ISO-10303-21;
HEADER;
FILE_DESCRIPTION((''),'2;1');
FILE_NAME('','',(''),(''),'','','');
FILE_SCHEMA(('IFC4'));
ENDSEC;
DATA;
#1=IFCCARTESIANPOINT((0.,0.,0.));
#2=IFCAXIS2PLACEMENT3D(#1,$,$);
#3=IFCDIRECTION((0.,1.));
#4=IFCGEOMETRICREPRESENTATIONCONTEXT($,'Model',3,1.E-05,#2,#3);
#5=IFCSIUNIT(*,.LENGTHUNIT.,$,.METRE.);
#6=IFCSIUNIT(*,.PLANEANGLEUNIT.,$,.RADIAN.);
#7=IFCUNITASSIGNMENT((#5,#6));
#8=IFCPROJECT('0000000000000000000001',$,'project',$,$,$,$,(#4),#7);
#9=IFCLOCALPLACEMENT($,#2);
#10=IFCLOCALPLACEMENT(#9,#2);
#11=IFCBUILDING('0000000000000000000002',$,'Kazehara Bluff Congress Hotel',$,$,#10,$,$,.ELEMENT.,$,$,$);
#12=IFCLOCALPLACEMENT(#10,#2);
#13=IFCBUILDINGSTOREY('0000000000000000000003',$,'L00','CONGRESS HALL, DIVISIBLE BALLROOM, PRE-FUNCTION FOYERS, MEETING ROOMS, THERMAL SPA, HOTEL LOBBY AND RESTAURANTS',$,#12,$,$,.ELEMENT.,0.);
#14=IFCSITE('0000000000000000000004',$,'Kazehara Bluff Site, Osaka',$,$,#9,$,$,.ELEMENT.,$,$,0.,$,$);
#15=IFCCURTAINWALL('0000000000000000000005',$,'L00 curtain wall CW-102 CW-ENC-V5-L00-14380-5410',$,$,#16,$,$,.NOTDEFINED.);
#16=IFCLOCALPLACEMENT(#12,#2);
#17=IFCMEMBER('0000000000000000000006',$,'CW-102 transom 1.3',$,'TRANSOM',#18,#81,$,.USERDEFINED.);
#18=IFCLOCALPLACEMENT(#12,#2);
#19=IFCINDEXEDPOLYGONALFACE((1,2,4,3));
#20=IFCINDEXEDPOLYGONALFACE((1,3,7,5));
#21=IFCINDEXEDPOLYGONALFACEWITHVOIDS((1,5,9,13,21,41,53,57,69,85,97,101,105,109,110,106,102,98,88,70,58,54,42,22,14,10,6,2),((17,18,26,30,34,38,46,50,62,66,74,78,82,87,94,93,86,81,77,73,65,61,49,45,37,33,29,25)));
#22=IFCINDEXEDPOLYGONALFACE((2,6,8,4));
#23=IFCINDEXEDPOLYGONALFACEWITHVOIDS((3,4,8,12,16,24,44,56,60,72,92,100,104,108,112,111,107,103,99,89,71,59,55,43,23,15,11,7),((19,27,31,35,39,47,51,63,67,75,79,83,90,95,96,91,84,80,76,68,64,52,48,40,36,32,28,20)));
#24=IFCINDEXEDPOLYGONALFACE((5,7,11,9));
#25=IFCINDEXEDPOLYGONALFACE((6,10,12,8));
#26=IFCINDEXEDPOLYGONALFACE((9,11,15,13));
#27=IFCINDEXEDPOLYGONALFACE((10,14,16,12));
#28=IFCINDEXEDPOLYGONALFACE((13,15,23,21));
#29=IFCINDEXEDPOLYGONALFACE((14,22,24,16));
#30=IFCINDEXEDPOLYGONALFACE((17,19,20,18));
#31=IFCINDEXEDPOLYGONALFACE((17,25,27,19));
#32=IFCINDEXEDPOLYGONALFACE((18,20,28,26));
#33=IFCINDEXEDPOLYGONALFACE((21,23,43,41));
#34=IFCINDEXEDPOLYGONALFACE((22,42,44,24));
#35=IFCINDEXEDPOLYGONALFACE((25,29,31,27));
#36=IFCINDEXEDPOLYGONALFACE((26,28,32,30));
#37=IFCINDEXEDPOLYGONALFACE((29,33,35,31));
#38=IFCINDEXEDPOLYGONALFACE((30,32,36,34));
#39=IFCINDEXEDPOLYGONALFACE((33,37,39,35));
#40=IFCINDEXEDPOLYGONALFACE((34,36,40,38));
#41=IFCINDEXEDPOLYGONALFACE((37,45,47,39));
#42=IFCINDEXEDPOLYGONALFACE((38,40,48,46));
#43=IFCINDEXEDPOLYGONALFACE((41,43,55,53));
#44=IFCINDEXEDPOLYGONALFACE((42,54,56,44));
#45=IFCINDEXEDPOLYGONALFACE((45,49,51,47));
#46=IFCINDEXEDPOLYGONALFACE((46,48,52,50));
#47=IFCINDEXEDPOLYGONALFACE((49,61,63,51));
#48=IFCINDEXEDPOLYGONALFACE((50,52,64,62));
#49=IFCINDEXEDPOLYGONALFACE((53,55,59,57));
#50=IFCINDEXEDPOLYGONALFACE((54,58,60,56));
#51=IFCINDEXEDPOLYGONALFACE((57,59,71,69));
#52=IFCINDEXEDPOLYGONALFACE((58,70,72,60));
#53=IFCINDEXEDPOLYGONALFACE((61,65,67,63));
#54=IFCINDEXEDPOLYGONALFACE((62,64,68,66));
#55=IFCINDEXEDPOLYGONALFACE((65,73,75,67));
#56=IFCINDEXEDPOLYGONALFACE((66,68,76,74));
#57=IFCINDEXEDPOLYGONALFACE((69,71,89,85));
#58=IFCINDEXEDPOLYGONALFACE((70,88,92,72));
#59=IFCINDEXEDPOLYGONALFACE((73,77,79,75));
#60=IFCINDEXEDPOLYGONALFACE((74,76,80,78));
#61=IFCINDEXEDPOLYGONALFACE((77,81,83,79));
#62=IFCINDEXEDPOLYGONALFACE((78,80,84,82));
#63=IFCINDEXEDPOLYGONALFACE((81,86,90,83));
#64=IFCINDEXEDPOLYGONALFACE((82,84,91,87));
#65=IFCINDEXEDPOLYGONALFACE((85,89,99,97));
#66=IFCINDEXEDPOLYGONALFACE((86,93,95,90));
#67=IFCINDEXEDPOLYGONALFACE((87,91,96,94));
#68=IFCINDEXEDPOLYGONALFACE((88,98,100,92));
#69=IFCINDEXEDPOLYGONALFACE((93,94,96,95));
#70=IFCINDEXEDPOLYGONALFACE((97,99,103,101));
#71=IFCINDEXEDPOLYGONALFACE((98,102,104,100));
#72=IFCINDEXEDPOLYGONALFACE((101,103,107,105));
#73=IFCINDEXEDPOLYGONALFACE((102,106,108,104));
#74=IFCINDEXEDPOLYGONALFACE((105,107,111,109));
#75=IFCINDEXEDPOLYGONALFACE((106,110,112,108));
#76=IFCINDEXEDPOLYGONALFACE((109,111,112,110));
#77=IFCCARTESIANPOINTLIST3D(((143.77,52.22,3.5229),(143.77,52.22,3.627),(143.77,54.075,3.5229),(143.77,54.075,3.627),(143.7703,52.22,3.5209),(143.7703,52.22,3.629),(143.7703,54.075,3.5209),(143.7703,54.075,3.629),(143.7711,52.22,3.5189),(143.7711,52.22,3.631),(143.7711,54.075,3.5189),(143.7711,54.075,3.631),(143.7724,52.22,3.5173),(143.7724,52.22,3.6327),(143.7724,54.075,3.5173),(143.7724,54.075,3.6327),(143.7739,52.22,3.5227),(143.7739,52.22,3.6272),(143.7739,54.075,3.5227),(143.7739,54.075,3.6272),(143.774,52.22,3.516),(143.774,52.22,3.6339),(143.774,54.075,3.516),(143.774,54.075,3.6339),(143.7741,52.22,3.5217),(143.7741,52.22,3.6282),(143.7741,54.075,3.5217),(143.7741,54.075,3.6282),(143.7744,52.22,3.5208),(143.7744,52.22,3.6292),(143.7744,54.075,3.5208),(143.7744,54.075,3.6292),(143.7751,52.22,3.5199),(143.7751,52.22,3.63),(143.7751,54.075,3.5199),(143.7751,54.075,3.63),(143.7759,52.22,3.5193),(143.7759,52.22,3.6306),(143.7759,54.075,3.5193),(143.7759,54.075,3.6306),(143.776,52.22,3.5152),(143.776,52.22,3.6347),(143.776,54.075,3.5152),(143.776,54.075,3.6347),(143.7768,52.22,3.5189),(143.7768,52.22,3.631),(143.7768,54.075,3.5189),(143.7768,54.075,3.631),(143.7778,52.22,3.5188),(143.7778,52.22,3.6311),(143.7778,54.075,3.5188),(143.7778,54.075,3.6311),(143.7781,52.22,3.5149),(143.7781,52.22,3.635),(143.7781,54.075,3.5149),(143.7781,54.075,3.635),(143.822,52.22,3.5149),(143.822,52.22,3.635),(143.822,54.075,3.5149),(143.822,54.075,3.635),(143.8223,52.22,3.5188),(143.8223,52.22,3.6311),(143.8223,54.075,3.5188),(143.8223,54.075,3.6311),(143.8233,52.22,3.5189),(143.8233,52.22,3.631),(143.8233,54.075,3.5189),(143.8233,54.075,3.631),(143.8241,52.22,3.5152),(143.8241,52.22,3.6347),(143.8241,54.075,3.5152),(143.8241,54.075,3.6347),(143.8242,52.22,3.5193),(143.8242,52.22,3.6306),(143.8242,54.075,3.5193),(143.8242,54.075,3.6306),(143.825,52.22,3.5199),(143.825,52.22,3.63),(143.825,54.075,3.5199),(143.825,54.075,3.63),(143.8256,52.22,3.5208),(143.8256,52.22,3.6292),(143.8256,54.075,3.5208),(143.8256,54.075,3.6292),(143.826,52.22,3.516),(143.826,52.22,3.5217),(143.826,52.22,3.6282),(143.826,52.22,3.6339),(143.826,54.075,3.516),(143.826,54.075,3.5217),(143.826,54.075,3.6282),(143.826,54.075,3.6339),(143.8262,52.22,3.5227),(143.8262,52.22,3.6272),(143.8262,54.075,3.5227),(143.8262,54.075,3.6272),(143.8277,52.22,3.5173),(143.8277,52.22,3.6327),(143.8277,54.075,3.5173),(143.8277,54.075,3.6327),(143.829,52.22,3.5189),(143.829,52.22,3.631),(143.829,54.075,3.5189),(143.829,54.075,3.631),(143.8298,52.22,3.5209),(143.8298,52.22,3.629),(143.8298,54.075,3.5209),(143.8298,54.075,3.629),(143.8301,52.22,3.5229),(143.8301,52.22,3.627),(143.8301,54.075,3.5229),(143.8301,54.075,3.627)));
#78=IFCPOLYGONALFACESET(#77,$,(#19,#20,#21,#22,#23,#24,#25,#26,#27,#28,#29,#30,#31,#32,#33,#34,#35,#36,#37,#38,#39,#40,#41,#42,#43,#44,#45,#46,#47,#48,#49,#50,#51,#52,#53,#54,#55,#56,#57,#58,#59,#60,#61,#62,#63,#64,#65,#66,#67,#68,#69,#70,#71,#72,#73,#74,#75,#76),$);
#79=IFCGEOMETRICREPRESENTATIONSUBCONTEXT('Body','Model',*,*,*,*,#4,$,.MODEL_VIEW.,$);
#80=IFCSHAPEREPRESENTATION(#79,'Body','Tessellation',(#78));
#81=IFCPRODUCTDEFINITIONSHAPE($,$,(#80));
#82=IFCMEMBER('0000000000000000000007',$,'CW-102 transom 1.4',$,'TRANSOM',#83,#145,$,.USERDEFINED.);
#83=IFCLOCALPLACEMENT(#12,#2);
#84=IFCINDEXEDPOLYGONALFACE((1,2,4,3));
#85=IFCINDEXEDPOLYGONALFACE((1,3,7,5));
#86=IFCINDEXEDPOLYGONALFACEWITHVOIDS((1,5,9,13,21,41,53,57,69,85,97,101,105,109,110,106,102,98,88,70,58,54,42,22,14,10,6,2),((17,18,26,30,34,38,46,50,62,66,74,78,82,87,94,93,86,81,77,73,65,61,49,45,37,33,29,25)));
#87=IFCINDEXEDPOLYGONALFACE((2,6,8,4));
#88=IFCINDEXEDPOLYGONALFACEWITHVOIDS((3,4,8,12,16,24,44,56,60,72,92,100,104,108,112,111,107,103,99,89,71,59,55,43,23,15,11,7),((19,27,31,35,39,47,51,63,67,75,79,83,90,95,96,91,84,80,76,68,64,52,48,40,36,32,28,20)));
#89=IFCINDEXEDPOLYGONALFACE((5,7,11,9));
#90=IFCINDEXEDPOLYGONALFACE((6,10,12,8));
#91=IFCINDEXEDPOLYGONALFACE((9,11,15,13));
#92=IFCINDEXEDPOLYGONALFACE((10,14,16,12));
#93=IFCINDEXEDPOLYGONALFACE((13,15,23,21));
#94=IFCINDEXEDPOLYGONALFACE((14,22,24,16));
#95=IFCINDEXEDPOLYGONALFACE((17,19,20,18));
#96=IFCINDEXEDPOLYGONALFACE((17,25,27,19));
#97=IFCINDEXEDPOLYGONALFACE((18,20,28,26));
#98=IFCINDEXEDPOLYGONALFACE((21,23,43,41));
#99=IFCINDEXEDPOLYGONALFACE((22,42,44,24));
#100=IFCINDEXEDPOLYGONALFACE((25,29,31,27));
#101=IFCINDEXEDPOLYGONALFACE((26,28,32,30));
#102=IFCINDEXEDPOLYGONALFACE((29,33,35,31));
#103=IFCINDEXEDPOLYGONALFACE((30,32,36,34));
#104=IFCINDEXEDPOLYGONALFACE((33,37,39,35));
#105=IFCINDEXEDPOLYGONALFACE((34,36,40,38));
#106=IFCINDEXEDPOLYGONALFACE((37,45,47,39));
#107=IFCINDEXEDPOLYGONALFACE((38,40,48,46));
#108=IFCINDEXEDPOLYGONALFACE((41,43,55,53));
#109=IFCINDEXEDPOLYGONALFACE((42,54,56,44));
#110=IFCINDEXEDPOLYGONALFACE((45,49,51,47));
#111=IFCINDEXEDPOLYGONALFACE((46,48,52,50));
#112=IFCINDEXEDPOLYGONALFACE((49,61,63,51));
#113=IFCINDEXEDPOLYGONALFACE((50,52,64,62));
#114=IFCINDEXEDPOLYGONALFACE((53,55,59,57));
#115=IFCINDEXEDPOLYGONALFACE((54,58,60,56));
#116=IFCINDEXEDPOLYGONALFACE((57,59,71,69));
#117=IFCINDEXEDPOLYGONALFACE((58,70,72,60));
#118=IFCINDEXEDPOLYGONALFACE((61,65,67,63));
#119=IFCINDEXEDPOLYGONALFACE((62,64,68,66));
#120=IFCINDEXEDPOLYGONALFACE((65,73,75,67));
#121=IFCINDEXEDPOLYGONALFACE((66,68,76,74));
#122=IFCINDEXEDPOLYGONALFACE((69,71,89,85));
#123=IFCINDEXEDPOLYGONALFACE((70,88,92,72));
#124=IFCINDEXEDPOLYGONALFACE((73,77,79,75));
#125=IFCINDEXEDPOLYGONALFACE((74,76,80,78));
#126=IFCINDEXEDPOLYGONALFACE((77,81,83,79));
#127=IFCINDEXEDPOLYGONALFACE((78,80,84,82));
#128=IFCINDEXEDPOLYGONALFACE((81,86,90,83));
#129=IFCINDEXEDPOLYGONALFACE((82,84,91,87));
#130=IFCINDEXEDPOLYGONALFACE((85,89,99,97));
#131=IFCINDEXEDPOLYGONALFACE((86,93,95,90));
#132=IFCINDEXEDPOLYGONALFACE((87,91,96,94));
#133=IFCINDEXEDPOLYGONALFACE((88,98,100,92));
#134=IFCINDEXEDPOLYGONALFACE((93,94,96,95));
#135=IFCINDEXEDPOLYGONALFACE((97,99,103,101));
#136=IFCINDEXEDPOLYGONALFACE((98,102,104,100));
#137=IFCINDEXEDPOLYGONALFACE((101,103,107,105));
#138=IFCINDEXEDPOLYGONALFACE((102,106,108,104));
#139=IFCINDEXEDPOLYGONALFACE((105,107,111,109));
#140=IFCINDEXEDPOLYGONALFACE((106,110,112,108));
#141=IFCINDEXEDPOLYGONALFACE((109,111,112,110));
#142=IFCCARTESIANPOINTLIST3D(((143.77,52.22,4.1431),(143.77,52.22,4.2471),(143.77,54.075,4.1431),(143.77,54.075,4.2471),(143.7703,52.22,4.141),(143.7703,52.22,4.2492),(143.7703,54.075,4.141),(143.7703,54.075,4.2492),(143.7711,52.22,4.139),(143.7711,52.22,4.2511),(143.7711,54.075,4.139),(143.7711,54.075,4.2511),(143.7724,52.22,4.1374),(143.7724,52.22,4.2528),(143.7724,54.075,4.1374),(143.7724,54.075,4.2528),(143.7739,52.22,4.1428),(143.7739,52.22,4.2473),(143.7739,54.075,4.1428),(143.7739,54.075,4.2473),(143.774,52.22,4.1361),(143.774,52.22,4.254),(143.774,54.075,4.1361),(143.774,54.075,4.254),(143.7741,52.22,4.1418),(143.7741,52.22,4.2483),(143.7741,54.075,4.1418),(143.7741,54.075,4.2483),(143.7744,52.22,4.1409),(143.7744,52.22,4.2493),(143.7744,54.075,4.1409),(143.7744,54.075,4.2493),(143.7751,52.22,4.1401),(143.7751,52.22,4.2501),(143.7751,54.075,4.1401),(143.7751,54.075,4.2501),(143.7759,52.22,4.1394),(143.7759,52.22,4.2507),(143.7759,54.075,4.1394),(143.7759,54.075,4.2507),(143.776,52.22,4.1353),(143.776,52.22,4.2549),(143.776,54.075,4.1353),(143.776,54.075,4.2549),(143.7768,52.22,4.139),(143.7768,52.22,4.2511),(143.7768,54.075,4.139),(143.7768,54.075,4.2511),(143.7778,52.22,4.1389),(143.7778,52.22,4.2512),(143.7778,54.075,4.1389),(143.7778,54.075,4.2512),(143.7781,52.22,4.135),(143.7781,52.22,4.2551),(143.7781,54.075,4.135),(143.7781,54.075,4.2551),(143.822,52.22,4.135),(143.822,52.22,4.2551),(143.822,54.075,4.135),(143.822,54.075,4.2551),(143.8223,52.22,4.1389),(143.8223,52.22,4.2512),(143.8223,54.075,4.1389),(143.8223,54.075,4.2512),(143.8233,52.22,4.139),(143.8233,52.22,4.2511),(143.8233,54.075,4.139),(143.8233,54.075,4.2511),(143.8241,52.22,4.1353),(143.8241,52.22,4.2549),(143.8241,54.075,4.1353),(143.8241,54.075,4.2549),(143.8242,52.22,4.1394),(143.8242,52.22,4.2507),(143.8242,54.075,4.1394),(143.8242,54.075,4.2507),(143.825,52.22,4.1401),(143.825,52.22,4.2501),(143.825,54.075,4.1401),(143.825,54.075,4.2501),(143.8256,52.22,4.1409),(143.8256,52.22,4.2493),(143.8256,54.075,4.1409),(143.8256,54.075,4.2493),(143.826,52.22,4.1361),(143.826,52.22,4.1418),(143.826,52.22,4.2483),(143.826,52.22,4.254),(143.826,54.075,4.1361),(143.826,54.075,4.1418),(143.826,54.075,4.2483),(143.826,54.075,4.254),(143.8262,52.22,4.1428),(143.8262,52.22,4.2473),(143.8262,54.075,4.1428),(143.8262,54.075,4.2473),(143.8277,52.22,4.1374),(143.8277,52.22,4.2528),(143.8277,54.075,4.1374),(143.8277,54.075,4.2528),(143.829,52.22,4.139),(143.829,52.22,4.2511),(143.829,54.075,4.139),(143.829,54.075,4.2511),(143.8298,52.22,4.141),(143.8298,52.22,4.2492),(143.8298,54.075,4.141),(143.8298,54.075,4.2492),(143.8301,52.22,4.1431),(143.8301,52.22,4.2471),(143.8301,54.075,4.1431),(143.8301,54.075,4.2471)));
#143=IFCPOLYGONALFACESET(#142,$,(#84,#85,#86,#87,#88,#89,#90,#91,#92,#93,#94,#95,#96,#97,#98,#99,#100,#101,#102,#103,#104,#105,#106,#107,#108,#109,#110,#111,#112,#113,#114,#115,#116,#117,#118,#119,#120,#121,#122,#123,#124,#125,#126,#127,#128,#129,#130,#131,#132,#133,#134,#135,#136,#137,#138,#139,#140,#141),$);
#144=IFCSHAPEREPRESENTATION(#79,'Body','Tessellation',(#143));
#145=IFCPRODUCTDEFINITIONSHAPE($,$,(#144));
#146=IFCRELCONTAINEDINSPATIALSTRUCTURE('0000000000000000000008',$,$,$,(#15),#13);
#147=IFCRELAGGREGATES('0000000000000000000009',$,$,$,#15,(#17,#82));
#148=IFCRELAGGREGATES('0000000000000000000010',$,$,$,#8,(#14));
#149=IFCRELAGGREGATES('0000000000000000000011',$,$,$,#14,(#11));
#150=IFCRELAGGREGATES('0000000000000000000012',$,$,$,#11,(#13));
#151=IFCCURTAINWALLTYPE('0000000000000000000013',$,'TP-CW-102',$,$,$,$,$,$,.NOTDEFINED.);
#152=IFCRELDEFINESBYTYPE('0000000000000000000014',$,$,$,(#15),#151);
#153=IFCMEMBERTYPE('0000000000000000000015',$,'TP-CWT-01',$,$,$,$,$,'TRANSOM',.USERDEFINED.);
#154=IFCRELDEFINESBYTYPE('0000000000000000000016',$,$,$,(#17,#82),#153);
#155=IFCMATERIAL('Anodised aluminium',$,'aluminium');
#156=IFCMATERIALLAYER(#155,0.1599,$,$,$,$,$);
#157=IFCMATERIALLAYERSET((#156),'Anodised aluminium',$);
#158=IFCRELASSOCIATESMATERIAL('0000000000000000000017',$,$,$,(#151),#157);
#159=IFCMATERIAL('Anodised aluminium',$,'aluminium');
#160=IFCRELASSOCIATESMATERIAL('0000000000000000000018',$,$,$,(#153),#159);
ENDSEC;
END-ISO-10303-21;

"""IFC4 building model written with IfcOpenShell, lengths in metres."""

from ifc_helpers import new_model, si_unit, direction, frame, origin, origin_2d, place, context, subcontext, project, spatial, hollow_rectangle, extrude, material, layer, layer_set, material_profile, profile_set, type_object, element, aggregate, save


model = new_model("IFC4")

# Units and contexts
model_context = context("Model", 3, precision=1e-05, world=origin(), true_north=direction((0.0, 1.0)))
body_context = subcontext(model_context, "Body", "Model", "MODEL_VIEW")
ifc_project = project(units=[si_unit("LENGTHUNIT", "METRE"), si_unit("PLANEANGLEUNIT", "RADIAN")], contexts=[model_context])

# Site, building, storey
site_placement = place(None, origin())
site = spatial("IfcSite", under=ifc_project, at=site_placement, Name="Kazehara Bluff Site, Osaka", CompositionType="ELEMENT", RefElevation=0.0)
building_placement = place(site_placement, origin())
building = spatial("IfcBuilding", under=site, at=building_placement, Name="Kazehara Bluff Congress Hotel", CompositionType="ELEMENT")
storey_placement = place(building_placement, origin())
storey = spatial("IfcBuildingStorey", under=building, at=storey_placement, Name="L00", Description="CONGRESS HALL, DIVISIBLE BALLROOM, PRE-FUNCTION FOYERS, MEETING ROOMS, THERMAL SPA, HOTEL LOBBY AND RESTAURANTS", CompositionType="ELEMENT", Elevation=0.0)

# Curtain wall
ifc_material_1 = material(Name="Anodised aluminium", Category="aluminium")
ifc_layer_1 = layer(ifc_material_1, 0.1599)
ifc_layer_set_1 = layer_set([ifc_layer_1], Name="Anodised aluminium")
curtain_wall_type_1 = type_object("IfcCurtainWallType", Name="TP-CW-102", PredefinedType="NOTDEFINED", material=ifc_layer_set_1)
curtain_wall_1_placement = place(storey_placement, origin())
curtain_wall_1 = element("IfcCurtainWall", 1, at=curtain_wall_1_placement, inside=storey, type_object=curtain_wall_type_1, Name="L00 curtain wall CW-102 CW-ENC-V5-L00-14380-5410", PredefinedType="NOTDEFINED")

# Members
ifc_material_2 = material(Name="Anodised aluminium", Category="aluminium")
ifc_material_profile_1 = material_profile(ifc_material_2, hollow_rectangle(XDim=0.0601, YDim=0.1201, WallThickness=0.0039, InnerFilletRadius=0.0039, OuterFilletRadius=0.0081, at=origin_2d()))
ifc_profile_set_1 = profile_set([ifc_material_profile_1], Name="Anodised aluminium")
member_type_1 = type_object("IfcMemberType", Name="TP-CWT-01", ElementType="TRANSOM", PredefinedType="USERDEFINED", material=ifc_profile_set_1)
member_1_placement = place(storey_placement, frame((143.8, 52.22, 3.575), z_axis=(0.0, 1.0, 0.0), x_axis=(-1.0, 0.0, 0.0)))
member_1 = element("IfcMember", 2, at=member_1_placement, type_object=member_type_1, Name="CW-102 transom 1.3", ObjectType="TRANSOM", PredefinedType="USERDEFINED", context=body_context, shape_type="SweptSolid", body=[
    extrude(hollow_rectangle(XDim=0.0601, YDim=0.1201, WallThickness=0.0039, InnerFilletRadius=0.0039, OuterFilletRadius=0.0081, at=origin_2d()), origin(), (0.0, 0.0, 1.0), 1.855),
])
member_2_placement = place(storey_placement, frame((143.8, 52.22, 4.1951), z_axis=(0.0, 1.0, 0.0), x_axis=(-1.0, 0.0, 0.0)))
member_2 = element("IfcMember", 3, at=member_2_placement, type_object=member_type_1, Name="CW-102 transom 1.4", ObjectType="TRANSOM", PredefinedType="USERDEFINED", context=body_context, shape_type="SweptSolid", body=[
    extrude(hollow_rectangle(XDim=0.0601, YDim=0.1201, WallThickness=0.0039, InnerFilletRadius=0.0039, OuterFilletRadius=0.0081, at=origin_2d()), origin(), (0.0, 0.0, 1.0), 1.855),
])

aggregate(curtain_wall_1, [member_1, member_2])

save(model, "model.ifc")
